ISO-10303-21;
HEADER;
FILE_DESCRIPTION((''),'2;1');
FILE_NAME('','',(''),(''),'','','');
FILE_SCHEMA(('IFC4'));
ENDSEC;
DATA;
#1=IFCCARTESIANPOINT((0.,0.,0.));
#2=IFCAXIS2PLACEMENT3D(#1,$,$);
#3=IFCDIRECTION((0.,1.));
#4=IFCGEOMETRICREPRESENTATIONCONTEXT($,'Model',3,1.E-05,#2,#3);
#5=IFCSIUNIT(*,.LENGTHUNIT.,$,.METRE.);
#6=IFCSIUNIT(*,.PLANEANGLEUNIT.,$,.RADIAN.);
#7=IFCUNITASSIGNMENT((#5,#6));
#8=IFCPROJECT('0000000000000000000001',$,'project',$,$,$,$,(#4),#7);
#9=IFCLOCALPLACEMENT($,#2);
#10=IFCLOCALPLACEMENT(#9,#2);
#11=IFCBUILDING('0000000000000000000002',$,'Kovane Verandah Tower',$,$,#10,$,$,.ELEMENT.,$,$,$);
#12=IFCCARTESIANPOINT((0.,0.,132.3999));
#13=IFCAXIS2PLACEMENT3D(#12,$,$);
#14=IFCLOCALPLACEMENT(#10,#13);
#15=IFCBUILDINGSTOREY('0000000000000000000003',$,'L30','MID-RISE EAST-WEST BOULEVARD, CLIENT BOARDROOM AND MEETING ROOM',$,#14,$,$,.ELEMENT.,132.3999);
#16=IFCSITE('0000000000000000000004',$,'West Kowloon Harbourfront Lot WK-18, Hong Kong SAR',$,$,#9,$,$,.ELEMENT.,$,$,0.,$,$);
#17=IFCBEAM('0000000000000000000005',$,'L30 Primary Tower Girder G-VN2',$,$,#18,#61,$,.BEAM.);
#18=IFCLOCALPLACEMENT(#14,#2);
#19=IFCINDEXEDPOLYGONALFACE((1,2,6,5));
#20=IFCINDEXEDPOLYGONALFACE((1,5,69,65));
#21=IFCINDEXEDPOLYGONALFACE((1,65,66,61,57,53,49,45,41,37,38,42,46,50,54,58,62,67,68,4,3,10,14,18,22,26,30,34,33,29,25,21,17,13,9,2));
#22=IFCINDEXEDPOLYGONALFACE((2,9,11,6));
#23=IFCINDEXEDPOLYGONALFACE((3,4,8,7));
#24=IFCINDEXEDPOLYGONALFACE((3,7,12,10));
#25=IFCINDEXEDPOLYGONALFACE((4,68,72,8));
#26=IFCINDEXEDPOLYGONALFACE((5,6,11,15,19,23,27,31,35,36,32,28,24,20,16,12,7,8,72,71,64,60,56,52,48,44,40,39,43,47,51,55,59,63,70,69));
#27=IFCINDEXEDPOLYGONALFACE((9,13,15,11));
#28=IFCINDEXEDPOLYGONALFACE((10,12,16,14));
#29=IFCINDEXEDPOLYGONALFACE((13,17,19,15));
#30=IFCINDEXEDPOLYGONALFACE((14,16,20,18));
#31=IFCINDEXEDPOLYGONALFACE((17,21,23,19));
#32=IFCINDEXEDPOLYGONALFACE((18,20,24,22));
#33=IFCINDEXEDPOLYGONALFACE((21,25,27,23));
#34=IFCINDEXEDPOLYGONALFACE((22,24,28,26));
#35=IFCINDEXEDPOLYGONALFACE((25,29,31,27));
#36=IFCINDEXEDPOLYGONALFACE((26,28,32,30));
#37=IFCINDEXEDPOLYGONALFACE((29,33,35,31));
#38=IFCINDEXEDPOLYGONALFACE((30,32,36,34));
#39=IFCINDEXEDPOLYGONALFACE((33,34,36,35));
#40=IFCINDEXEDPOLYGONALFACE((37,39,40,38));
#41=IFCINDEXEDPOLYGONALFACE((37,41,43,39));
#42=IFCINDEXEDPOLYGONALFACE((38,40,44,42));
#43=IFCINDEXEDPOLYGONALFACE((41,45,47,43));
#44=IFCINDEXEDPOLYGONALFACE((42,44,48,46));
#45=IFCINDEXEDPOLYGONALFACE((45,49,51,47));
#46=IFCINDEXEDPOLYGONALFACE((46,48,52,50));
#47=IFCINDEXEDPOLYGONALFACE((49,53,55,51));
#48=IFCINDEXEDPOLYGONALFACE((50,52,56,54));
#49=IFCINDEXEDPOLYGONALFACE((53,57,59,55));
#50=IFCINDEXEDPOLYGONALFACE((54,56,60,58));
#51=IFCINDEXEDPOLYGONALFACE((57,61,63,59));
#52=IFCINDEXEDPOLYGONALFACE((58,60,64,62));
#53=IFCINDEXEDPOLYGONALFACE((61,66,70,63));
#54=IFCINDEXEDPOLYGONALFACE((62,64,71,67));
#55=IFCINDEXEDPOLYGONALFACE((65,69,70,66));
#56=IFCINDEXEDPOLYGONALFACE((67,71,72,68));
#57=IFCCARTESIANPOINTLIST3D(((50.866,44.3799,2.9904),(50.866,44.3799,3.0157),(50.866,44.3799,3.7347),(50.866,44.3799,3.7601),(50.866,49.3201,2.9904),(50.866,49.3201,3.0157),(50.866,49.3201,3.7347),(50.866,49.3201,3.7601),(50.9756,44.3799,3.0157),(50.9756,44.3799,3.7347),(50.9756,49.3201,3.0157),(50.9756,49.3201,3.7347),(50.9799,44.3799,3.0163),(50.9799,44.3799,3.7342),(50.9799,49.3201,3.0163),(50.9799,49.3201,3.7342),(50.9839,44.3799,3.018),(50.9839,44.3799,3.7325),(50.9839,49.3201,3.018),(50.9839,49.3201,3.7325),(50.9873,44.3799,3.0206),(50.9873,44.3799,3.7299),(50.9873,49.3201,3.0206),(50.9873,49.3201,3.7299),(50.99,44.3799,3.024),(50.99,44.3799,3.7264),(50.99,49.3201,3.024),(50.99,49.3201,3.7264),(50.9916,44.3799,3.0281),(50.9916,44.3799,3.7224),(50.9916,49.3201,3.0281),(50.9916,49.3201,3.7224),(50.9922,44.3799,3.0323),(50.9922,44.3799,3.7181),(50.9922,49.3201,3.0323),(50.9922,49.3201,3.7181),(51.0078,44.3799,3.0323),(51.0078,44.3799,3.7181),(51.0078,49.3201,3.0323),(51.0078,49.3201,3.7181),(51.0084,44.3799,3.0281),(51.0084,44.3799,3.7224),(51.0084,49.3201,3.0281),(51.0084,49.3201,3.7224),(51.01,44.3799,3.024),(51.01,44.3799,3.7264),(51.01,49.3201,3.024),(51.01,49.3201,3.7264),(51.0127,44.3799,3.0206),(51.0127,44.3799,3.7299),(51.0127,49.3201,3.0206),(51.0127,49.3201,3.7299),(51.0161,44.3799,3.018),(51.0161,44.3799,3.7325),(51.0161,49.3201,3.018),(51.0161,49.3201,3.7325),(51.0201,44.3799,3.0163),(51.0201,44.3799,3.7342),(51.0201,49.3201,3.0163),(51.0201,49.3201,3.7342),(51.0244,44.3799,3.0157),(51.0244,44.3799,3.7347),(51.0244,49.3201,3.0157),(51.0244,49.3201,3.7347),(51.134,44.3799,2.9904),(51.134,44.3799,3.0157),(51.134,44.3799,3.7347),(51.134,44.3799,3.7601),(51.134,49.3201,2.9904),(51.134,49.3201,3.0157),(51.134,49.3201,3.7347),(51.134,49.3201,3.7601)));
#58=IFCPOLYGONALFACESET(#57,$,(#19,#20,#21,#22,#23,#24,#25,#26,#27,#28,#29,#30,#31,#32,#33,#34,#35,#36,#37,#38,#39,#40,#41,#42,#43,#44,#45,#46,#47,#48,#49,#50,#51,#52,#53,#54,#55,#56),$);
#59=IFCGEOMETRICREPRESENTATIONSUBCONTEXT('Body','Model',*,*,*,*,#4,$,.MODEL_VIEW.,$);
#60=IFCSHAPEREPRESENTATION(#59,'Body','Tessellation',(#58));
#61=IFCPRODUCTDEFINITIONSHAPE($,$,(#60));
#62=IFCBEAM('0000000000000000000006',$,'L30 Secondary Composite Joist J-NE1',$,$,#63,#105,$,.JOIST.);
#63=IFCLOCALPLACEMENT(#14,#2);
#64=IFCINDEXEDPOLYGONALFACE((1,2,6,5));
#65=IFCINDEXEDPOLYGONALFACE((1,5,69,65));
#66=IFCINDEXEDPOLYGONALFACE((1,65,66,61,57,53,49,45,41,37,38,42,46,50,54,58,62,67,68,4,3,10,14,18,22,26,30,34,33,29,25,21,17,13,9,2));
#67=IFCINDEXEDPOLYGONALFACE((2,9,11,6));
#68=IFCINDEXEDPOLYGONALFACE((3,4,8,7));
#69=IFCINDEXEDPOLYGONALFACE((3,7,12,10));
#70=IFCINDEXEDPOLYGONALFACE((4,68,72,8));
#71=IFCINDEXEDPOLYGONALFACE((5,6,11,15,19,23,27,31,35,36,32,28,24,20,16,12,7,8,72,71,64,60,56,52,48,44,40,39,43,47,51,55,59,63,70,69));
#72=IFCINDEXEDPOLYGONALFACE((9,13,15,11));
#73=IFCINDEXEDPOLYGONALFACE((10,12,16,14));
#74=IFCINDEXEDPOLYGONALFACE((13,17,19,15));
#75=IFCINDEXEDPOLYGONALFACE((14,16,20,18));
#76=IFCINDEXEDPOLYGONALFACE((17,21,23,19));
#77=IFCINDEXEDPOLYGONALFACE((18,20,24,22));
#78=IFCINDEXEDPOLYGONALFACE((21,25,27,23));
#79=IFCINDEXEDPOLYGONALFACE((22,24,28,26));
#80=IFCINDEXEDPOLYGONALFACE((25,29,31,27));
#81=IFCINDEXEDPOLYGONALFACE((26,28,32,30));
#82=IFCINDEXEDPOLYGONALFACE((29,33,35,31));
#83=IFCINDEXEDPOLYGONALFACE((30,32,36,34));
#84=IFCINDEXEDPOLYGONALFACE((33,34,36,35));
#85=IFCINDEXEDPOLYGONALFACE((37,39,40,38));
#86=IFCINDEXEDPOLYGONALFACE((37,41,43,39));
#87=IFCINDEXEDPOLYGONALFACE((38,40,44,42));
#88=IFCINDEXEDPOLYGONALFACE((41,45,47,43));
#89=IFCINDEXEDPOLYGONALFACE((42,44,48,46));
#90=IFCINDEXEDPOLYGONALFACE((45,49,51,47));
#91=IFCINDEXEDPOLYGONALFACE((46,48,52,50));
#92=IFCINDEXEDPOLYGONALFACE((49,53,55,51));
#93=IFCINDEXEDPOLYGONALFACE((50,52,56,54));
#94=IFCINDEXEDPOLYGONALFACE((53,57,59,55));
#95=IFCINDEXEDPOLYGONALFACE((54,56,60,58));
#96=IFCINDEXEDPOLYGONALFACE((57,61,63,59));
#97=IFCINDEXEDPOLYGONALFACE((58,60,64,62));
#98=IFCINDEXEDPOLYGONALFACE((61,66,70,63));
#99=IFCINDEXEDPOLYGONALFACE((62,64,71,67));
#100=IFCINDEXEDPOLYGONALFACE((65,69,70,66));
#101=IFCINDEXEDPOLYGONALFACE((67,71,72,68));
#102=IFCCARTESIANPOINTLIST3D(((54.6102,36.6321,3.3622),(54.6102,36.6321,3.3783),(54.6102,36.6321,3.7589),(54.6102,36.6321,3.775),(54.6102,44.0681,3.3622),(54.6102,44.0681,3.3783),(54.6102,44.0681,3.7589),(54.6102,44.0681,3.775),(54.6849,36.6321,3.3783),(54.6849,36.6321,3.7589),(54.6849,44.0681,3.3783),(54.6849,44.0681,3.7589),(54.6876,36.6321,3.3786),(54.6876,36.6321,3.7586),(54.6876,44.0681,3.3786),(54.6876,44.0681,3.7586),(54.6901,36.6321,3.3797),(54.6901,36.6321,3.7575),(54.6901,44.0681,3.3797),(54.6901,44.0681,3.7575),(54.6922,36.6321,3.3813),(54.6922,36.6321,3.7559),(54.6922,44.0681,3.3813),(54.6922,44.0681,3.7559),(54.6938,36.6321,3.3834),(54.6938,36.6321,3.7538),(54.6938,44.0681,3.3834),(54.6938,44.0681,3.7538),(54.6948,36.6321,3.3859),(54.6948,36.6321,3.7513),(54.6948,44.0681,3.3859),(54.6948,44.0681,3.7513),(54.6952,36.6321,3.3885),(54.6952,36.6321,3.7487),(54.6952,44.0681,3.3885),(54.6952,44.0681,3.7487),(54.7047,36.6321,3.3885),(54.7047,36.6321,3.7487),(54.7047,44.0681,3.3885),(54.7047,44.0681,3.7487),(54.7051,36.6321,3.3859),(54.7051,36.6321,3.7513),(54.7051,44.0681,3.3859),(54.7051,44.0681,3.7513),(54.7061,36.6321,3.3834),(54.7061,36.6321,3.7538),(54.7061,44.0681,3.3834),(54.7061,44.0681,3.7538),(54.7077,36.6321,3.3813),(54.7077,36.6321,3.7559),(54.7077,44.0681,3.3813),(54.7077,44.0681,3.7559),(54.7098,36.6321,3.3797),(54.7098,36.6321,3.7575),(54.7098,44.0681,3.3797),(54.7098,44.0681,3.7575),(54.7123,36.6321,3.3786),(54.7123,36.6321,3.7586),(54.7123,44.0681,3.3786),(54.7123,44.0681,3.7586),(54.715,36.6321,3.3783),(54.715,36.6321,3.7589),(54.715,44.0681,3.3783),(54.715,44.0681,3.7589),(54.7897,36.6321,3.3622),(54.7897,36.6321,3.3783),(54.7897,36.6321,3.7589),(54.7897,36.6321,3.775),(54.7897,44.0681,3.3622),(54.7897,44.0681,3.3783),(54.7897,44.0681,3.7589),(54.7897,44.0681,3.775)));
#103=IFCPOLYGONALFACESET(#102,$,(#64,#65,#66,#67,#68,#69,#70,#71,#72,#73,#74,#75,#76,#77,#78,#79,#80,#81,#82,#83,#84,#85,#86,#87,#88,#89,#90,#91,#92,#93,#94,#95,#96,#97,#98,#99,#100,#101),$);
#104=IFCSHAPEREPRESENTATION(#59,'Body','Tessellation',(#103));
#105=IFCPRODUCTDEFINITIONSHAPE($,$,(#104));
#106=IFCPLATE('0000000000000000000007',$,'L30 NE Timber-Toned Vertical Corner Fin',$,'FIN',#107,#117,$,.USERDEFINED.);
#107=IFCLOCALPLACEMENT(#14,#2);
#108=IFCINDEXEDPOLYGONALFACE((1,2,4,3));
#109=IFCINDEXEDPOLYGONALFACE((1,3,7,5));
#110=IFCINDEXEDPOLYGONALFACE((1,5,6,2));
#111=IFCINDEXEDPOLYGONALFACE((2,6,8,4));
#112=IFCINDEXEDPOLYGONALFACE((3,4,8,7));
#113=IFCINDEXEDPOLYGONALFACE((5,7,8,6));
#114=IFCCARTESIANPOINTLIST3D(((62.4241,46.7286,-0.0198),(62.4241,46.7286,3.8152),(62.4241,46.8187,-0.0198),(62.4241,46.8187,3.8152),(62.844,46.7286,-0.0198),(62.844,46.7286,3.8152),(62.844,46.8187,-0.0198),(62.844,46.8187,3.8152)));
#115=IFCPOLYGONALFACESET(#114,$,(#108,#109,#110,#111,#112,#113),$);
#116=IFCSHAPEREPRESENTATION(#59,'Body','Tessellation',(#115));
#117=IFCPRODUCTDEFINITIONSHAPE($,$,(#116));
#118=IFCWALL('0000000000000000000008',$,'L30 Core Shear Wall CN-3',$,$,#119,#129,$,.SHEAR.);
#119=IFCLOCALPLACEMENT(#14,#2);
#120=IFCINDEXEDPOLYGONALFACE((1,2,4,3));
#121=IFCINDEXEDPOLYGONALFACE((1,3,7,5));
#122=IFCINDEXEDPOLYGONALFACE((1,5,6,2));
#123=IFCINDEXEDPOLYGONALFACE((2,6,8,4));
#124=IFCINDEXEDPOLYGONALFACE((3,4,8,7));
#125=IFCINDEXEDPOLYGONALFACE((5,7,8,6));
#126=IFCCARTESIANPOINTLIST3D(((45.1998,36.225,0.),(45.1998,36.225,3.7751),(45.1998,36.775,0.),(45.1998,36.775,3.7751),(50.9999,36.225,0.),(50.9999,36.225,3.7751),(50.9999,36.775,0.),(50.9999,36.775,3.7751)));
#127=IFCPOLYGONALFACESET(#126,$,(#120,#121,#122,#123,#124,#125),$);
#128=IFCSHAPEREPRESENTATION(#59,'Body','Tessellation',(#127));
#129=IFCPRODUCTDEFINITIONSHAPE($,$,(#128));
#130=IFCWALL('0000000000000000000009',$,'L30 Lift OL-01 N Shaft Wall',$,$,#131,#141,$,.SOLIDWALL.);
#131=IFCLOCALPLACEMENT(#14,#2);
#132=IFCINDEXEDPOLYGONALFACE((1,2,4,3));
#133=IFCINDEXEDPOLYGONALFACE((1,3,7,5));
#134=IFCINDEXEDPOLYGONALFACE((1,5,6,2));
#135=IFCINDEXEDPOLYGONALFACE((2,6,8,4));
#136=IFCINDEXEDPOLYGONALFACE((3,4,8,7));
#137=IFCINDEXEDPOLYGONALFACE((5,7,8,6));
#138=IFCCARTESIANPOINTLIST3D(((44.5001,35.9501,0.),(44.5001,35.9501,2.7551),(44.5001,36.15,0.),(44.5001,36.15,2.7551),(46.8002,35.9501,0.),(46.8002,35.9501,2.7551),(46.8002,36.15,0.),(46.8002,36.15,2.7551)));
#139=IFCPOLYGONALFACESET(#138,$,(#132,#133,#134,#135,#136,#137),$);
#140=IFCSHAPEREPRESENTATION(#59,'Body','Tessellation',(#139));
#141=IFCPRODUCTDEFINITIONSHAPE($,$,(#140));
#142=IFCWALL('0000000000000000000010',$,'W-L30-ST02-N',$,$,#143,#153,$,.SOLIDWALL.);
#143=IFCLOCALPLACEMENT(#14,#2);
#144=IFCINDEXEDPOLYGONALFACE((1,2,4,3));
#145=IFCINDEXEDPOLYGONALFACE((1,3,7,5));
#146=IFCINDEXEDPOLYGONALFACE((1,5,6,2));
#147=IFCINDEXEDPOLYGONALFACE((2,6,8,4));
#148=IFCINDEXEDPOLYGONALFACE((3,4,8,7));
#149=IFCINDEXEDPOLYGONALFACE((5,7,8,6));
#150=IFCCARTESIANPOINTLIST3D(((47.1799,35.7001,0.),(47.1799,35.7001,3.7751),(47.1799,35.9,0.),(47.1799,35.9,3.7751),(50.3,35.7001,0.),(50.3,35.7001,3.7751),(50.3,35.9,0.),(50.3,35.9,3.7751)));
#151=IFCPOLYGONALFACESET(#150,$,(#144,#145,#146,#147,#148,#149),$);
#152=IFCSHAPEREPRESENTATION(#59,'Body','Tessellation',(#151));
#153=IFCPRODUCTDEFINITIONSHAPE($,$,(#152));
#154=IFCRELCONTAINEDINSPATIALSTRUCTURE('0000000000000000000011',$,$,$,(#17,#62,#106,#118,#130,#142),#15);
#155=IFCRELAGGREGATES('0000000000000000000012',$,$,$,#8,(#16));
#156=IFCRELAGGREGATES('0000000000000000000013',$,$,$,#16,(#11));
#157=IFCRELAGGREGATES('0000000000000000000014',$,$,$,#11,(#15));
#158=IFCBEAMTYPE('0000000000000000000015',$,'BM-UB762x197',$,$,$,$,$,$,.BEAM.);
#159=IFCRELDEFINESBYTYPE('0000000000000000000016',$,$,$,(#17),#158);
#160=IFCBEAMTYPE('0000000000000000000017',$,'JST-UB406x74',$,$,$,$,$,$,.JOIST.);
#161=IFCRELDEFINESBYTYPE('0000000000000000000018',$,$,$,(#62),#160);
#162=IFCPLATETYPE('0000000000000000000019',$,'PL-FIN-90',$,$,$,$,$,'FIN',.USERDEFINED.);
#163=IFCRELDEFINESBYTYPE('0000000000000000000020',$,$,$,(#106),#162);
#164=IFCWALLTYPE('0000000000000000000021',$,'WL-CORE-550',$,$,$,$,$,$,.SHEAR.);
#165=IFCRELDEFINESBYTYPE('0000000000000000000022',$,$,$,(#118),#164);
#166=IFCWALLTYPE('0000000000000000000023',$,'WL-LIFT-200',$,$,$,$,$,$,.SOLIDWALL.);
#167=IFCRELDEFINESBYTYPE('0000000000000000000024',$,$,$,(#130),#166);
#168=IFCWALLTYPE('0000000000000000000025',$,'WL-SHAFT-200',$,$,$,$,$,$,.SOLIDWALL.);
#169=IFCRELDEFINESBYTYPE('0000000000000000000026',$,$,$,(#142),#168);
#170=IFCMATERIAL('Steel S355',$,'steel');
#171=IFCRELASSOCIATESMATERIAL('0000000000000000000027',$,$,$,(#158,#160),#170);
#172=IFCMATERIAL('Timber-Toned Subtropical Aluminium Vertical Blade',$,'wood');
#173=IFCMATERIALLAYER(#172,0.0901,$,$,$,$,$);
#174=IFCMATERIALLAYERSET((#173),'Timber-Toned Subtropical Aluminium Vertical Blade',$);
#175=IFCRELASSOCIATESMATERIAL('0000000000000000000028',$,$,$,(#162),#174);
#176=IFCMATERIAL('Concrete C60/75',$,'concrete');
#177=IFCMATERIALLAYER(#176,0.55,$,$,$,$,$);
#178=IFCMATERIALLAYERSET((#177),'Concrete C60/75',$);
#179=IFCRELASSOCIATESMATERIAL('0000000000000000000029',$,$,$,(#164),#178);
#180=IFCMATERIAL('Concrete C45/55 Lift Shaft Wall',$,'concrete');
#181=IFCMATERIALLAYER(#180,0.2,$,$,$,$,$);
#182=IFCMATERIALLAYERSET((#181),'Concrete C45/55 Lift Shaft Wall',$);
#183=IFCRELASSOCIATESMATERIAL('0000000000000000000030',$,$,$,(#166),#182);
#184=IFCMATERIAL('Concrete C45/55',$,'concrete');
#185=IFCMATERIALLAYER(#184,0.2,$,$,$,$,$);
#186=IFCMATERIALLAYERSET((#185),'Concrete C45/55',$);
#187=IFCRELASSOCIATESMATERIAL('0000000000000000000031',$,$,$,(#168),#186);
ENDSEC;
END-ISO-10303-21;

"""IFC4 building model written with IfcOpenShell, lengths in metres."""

from ifc_helpers import new_model, si_unit, direction, frame, frame_2d, origin, origin_2d, place, context, subcontext, project, spatial, rectangle, i_section, extrude, material, layer, layer_set, material_profile, profile_set, type_object, element, save


model = new_model("IFC4")

# Units and contexts
model_context = context("Model", 3, precision=1e-05, world=origin(), true_north=direction((0.0, 1.0)))
body_context = subcontext(model_context, "Body", "Model", "MODEL_VIEW")
ifc_project = project(units=[si_unit("LENGTHUNIT", "METRE"), si_unit("PLANEANGLEUNIT", "RADIAN")], contexts=[model_context])

# Site, building, storey
site_placement = place(None, origin())
site = spatial("IfcSite", under=ifc_project, at=site_placement, Name="West Kowloon Harbourfront Lot WK-18, Hong Kong SAR", CompositionType="ELEMENT", RefElevation=0.0)
building_placement = place(site_placement, origin())
building = spatial("IfcBuilding", under=site, at=building_placement, Name="Kovane Verandah Tower", CompositionType="ELEMENT")
storey_placement = place(building_placement, frame((0.0, 0.0, 132.3999)))
storey = spatial("IfcBuildingStorey", under=building, at=storey_placement, Name="L30", Description="MID-RISE EAST-WEST BOULEVARD, CLIENT BOARDROOM AND MEETING ROOM", CompositionType="ELEMENT", Elevation=132.3999)

# Beams
ifc_material_1 = material(Name="Steel S355", Category="steel")
ifc_material_profile_1 = material_profile(ifc_material_1, i_section(OverallWidth=0.2681, OverallDepth=0.7698, WebThickness=0.0156, FlangeThickness=0.0254, FilletRadius=0.0166, at=origin_2d()), Name="UB762x267x197")
ifc_profile_set_1 = profile_set([ifc_material_profile_1], Name="Steel S355")
beam_type_1 = type_object("IfcBeamType", Name="BM-UB762x197", PredefinedType="BEAM", material=ifc_profile_set_1)
beam_1_placement = place(storey_placement, frame((51.0, 44.3799, 3.3752), z_axis=(0.0, 1.0, 0.0), x_axis=(-1.0, 0.0, 0.0)))
element("IfcBeam", 1, at=beam_1_placement, inside=storey, type_object=beam_type_1, Name="L30 Primary Tower Girder G-VN2", PredefinedType="BEAM", context=body_context, shape_type="SweptSolid", body=[
    extrude(i_section(OverallWidth=0.2681, OverallDepth=0.7698, WebThickness=0.0156, FlangeThickness=0.0254, FilletRadius=0.0166, at=origin_2d()), origin(), (0.0, 0.0, 1.0), 4.9402),
])
ifc_material_profile_2 = material_profile(ifc_material_1, i_section(OverallWidth=0.1794, OverallDepth=0.4128, WebThickness=0.0095, FlangeThickness=0.0161, FilletRadius=0.0103, at=origin_2d()), Name="UB406x178x74")
ifc_profile_set_2 = profile_set([ifc_material_profile_2], Name="Steel S355")
beam_type_2 = type_object("IfcBeamType", Name="JST-UB406x74", PredefinedType="JOIST", material=ifc_profile_set_2)
beam_2_placement = place(storey_placement, frame((54.7, 36.6321, 3.5686), z_axis=(0.0, 1.0, 0.0), x_axis=(-1.0, 0.0, 0.0)))
element("IfcBeam", 2, at=beam_2_placement, inside=storey, type_object=beam_type_2, Name="L30 Secondary Composite Joist J-NE1", PredefinedType="JOIST", context=body_context, shape_type="SweptSolid", body=[
    extrude(i_section(OverallWidth=0.1794, OverallDepth=0.4128, WebThickness=0.0095, FlangeThickness=0.0161, FilletRadius=0.0103, at=origin_2d()), origin(), (0.0, 0.0, 1.0), 7.436),
])

# Plate
ifc_material_2 = material(Name="Timber-Toned Subtropical Aluminium Vertical Blade", Category="wood")
ifc_layer_1 = layer(ifc_material_2, 0.0901)
ifc_layer_set_1 = layer_set([ifc_layer_1], Name="Timber-Toned Subtropical Aluminium Vertical Blade")
plate_type = type_object("IfcPlateType", Name="PL-FIN-90", ElementType="FIN", PredefinedType="USERDEFINED", material=ifc_layer_set_1)
plate_placement = place(storey_placement, frame((62.634, 46.7737, -0.0198), z_axis=(0.0, 0.0, 1.0), x_axis=(1.0, 0.0, 0.0)))
element("IfcPlate", 3, at=plate_placement, inside=storey, type_object=plate_type, Name="L30 NE Timber-Toned Vertical Corner Fin", ObjectType="FIN", PredefinedType="USERDEFINED", context=body_context, shape_type="SweptSolid", body=[
    extrude(rectangle(XDim=0.4199, YDim=0.0901, at=origin_2d()), origin(), (0.0, 0.0, 1.0), 3.835),
])

# Walls
ifc_material_3 = material(Name="Concrete C60/75", Category="concrete")
ifc_layer_2 = layer(ifc_material_3, 0.55)
ifc_layer_set_2 = layer_set([ifc_layer_2], Name="Concrete C60/75")
wall_type_1 = type_object("IfcWallType", Name="WL-CORE-550", PredefinedType="SHEAR", material=ifc_layer_set_2)
wall_1_placement = place(storey_placement, frame((45.2, 36.5, 0.0), z_axis=(0.0, 0.0, 1.0), x_axis=(1.0, 0.0, 0.0)))
element("IfcWall", 4, at=wall_1_placement, inside=storey, type_object=wall_type_1, Name="L30 Core Shear Wall CN-3", PredefinedType="SHEAR", context=body_context, shape_type="SweptSolid", body=[
    extrude(rectangle(XDim=5.8, YDim=0.55, at=frame_2d((2.8999, 0.0))), origin(), (0.0, 0.0, 1.0), 3.7751),
])
ifc_material_4 = material(Name="Concrete C45/55 Lift Shaft Wall", Category="concrete")
ifc_layer_3 = layer(ifc_material_4, 0.2)
ifc_layer_set_3 = layer_set([ifc_layer_3], Name="Concrete C45/55 Lift Shaft Wall")
wall_type_2 = type_object("IfcWallType", Name="WL-LIFT-200", PredefinedType="SOLIDWALL", material=ifc_layer_set_3)
wall_2_placement = place(storey_placement, frame((46.8, 36.05, 0.0), z_axis=(0.0, 0.0, 1.0), x_axis=(-1.0, 0.0, 0.0)))
element("IfcWall", 5, at=wall_2_placement, inside=storey, type_object=wall_type_2, Name="L30 Lift OL-01 N Shaft Wall", PredefinedType="SOLIDWALL", context=body_context, shape_type="SweptSolid", body=[
    extrude(rectangle(XDim=2.3, YDim=0.2, at=frame_2d((1.1499, 0.0))), origin(), (0.0, 0.0, 1.0), 2.7551),
])
ifc_material_5 = material(Name="Concrete C45/55", Category="concrete")
ifc_layer_4 = layer(ifc_material_5, 0.2)
ifc_layer_set_4 = layer_set([ifc_layer_4], Name="Concrete C45/55")
wall_type_3 = type_object("IfcWallType", Name="WL-SHAFT-200", PredefinedType="SOLIDWALL", material=ifc_layer_set_4)
wall_3_placement = place(storey_placement, frame((47.1799, 35.8, 0.0), z_axis=(0.0, 0.0, 1.0), x_axis=(1.0, 0.0, 0.0)))
element("IfcWall", 6, at=wall_3_placement, inside=storey, type_object=wall_type_3, Name="W-L30-ST02-N", PredefinedType="SOLIDWALL", context=body_context, shape_type="SweptSolid", body=[
    extrude(rectangle(XDim=3.1201, YDim=0.2, at=frame_2d((1.5601, 0.0))), origin(), (0.0, 0.0, 1.0), 3.7751),
])

save(model, "model.ifc")
